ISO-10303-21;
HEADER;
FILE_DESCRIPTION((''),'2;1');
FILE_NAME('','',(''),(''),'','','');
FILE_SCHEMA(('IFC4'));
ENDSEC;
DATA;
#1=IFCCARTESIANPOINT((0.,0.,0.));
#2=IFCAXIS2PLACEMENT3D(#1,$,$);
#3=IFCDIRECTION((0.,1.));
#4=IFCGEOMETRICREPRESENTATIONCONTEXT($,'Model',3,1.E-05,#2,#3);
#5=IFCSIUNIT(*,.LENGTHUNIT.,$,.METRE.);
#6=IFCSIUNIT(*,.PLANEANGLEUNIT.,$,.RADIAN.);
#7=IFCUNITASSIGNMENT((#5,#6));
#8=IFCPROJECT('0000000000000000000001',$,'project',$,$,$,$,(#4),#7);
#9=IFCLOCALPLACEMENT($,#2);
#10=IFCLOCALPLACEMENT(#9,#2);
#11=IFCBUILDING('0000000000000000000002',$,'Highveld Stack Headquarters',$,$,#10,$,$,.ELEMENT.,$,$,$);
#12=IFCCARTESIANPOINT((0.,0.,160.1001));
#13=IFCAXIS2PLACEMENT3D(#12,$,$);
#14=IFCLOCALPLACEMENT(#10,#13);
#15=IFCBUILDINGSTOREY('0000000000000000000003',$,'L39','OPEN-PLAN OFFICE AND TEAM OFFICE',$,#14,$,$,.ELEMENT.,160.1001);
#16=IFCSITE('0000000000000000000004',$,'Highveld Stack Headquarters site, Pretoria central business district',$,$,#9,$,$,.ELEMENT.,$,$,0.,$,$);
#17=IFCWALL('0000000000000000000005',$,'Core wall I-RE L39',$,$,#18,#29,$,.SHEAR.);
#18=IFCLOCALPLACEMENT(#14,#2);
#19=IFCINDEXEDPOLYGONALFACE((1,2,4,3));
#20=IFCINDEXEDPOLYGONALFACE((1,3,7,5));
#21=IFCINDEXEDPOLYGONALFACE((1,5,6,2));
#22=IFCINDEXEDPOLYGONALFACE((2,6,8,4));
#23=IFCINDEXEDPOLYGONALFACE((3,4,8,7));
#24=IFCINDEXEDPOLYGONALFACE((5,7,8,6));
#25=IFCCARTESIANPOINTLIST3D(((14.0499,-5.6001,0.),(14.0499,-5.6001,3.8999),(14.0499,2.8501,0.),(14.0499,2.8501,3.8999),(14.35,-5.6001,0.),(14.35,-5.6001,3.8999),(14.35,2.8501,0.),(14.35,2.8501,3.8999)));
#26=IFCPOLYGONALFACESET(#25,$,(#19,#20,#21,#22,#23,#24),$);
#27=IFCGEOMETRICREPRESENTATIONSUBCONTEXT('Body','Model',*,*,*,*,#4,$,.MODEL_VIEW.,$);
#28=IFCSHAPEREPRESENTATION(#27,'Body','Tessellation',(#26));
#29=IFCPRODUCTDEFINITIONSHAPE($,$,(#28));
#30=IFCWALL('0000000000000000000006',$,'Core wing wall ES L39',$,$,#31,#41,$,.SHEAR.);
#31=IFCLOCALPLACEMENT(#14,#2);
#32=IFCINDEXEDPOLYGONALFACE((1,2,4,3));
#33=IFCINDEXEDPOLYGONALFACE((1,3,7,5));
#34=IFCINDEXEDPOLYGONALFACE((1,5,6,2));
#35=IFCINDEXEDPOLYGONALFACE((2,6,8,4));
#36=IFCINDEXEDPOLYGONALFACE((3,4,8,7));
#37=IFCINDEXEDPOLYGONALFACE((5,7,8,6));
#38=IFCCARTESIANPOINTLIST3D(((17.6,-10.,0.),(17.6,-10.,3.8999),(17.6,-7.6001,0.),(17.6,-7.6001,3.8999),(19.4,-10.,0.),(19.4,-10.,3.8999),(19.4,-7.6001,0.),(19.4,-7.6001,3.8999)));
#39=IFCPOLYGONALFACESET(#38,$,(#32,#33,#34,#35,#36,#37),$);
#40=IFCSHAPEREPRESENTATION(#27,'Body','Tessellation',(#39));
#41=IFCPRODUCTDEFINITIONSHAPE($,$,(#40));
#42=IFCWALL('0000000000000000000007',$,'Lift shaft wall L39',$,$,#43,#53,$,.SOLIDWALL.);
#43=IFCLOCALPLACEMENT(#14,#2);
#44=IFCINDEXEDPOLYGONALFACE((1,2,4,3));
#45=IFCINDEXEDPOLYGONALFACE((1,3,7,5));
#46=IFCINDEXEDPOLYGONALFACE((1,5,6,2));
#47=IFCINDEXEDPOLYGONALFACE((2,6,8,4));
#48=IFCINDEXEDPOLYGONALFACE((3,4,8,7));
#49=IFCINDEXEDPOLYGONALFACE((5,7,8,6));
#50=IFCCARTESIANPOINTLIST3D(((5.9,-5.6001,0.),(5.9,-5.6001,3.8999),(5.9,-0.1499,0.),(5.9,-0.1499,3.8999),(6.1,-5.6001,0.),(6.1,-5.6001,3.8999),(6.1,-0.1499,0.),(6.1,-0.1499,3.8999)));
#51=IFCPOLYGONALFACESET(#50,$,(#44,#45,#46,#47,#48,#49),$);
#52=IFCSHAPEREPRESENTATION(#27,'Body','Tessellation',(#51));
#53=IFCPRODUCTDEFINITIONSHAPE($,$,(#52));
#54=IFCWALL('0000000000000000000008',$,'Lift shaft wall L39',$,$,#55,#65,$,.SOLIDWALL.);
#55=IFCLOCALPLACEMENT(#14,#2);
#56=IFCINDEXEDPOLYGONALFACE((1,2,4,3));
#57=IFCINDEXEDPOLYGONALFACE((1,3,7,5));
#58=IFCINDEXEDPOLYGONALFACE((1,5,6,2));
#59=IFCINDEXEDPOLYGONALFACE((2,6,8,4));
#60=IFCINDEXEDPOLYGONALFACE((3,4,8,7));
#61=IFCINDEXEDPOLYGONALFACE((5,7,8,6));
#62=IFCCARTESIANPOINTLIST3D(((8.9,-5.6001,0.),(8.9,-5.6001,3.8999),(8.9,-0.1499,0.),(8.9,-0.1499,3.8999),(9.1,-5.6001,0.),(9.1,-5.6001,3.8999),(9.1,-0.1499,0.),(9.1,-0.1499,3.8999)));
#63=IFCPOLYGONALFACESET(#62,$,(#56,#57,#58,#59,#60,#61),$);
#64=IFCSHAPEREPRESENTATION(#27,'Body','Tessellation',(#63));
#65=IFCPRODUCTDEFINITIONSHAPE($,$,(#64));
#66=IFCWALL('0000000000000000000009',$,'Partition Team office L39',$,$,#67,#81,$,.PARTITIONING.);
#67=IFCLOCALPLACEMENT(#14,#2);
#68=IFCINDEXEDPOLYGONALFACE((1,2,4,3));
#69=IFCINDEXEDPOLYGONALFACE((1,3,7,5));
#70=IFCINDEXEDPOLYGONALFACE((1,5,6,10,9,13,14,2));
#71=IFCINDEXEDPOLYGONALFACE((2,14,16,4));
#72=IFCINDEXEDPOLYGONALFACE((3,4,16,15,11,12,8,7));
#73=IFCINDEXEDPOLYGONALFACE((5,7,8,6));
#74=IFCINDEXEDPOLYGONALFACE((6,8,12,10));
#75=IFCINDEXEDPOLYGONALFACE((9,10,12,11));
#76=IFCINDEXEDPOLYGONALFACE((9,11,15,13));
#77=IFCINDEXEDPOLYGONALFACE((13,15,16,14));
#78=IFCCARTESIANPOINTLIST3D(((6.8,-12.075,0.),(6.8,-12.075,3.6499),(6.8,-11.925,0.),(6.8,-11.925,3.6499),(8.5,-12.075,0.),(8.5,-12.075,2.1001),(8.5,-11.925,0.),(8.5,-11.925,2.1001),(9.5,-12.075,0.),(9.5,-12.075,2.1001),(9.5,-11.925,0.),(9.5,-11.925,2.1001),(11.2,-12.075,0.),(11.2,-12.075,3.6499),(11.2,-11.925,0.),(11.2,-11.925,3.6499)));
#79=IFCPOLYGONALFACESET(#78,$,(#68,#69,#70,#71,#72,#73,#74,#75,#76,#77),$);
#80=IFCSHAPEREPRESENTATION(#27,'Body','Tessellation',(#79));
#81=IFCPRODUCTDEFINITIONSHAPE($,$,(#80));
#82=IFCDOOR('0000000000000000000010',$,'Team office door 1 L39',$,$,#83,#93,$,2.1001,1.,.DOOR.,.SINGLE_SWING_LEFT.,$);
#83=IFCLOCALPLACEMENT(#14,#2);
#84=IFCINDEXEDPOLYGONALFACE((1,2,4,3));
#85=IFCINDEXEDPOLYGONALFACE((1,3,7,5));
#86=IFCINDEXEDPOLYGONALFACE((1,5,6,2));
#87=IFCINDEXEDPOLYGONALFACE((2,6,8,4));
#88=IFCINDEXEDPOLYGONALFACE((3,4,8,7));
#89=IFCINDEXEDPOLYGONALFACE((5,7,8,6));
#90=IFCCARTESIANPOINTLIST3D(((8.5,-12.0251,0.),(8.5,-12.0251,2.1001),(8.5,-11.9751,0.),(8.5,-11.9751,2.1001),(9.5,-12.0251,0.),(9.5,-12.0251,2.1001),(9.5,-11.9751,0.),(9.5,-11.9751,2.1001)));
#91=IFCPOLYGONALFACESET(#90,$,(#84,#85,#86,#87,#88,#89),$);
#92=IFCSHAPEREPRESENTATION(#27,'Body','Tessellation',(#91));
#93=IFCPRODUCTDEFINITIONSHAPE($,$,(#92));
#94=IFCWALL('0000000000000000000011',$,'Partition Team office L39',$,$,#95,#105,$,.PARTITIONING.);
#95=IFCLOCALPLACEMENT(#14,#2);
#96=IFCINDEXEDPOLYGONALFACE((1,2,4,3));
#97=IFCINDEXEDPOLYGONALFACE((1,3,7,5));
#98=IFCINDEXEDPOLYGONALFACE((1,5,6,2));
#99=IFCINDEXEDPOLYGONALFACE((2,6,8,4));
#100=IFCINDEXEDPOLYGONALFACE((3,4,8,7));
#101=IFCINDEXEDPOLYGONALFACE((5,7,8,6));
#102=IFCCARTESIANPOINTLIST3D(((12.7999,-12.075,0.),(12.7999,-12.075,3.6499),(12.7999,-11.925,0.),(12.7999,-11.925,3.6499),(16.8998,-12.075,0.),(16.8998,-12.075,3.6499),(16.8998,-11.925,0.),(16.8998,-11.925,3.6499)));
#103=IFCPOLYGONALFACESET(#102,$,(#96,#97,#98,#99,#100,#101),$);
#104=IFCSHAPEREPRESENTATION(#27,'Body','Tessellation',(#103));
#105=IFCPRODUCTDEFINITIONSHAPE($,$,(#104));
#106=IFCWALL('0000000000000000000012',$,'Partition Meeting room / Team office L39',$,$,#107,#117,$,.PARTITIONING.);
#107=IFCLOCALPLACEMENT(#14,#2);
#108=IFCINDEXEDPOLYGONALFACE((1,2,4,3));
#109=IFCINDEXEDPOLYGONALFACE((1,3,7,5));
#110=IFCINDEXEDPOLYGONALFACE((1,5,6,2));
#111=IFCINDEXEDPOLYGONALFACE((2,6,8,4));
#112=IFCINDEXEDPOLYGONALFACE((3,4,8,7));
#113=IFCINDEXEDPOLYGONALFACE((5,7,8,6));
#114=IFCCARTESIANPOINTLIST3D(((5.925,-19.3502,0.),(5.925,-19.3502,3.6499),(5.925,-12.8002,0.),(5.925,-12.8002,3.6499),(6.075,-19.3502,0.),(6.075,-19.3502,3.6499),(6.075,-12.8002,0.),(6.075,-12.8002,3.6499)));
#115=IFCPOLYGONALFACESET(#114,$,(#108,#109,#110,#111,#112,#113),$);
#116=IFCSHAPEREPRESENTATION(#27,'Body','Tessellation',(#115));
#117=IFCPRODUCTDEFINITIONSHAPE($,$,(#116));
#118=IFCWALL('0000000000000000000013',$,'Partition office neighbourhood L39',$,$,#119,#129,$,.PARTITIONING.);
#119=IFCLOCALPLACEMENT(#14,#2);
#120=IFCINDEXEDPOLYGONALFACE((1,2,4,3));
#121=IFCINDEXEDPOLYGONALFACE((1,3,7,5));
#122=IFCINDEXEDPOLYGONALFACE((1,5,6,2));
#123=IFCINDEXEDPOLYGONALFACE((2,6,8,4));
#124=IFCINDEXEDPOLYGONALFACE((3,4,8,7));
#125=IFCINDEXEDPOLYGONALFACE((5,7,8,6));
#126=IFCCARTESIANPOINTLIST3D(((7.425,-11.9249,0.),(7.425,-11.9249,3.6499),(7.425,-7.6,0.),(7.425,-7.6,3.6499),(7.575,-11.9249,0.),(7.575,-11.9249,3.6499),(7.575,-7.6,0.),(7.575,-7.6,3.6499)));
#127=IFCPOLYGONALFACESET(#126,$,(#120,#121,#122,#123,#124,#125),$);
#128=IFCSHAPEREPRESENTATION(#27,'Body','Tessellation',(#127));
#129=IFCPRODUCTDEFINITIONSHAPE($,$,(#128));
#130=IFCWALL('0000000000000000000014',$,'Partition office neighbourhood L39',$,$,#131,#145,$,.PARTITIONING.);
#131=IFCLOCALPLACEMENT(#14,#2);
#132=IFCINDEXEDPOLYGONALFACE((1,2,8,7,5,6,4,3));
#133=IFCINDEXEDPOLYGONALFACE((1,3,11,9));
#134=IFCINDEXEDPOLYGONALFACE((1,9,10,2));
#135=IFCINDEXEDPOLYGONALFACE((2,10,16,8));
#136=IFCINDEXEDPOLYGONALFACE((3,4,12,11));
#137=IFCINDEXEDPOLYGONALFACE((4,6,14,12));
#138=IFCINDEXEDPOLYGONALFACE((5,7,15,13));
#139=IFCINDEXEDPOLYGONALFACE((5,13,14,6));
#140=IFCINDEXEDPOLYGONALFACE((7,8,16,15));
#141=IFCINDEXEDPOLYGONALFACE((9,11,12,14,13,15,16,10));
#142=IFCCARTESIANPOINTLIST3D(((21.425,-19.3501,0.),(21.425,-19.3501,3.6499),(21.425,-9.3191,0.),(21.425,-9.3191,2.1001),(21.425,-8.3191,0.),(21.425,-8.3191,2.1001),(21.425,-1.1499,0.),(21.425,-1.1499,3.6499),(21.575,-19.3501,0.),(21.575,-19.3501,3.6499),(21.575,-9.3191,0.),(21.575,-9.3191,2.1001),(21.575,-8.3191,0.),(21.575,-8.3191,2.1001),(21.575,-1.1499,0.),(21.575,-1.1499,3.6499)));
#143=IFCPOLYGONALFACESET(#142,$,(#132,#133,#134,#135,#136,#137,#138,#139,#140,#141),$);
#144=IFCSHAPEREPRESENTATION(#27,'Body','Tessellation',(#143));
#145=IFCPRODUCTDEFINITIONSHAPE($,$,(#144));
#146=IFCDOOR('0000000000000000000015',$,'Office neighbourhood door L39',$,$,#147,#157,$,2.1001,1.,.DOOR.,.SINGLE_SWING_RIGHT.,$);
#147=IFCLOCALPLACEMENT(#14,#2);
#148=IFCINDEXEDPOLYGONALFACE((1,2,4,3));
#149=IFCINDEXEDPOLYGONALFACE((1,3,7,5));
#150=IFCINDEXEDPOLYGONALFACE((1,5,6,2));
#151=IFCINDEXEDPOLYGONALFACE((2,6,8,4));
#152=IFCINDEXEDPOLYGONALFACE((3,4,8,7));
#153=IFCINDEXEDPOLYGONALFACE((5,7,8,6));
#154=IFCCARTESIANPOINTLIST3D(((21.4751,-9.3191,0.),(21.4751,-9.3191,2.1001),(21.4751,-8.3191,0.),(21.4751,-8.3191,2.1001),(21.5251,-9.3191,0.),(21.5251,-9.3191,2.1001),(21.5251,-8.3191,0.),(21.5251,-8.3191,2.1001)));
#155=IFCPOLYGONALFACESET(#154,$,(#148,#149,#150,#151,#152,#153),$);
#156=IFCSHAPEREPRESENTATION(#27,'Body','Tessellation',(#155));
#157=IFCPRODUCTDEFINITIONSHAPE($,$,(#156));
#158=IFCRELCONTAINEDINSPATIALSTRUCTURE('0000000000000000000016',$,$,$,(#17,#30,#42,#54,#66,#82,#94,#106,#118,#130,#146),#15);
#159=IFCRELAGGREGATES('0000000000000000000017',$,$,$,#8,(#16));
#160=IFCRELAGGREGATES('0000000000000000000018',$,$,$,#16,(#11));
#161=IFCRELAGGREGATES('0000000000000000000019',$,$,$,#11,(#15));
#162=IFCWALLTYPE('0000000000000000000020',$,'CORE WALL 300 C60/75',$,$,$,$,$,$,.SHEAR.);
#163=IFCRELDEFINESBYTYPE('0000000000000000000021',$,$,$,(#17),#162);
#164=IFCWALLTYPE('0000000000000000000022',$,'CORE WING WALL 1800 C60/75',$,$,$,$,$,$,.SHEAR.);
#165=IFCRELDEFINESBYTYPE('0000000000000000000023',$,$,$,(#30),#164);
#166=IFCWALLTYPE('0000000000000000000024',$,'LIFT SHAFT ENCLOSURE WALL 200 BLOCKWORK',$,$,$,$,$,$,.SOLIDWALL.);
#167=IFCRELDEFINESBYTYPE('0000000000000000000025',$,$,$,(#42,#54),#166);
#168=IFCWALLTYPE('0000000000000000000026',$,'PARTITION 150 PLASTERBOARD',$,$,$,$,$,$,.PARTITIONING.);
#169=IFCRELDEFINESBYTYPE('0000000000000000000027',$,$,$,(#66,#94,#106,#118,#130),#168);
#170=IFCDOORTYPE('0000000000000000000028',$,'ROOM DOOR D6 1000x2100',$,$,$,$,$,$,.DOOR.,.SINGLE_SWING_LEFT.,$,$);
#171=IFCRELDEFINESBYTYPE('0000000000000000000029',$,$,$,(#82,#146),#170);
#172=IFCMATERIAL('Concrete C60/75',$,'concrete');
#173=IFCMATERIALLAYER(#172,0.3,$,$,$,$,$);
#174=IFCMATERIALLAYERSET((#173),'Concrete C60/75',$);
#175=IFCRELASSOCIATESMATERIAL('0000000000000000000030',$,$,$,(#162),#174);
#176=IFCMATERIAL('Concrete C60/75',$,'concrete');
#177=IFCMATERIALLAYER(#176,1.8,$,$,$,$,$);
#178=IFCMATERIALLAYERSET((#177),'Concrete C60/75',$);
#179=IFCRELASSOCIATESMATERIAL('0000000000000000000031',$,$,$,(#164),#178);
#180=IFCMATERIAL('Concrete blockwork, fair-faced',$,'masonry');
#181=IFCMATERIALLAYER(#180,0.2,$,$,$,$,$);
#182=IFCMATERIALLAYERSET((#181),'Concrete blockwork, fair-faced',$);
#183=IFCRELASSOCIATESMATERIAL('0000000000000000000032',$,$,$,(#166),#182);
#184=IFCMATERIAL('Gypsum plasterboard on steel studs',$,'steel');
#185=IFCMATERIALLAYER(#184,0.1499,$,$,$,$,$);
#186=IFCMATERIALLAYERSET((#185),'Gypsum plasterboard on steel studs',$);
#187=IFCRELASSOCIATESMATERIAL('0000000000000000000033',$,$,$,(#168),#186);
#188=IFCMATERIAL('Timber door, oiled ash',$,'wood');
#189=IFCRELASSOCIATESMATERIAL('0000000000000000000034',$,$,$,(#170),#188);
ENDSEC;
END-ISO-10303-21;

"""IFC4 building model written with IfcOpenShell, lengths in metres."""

from ifc_helpers import new_model, si_unit, direction, frame, frame_2d, origin, place, context, subcontext, project, spatial, rectangle, extrude, material, layer, layer_set, type_object, element, fill, save


model = new_model("IFC4")

# Units and contexts
model_context = context("Model", 3, precision=1e-05, world=origin(), true_north=direction((0.0, 1.0)))
body_context = subcontext(model_context, "Body", "Model", "MODEL_VIEW")
ifc_project = project(units=[si_unit("LENGTHUNIT", "METRE"), si_unit("PLANEANGLEUNIT", "RADIAN")], contexts=[model_context])

# Site, building, storey
site_placement = place(None, origin())
site = spatial("IfcSite", under=ifc_project, at=site_placement, Name="Highveld Stack Headquarters site, Pretoria central business district", CompositionType="ELEMENT", RefElevation=0.0)
building_placement = place(site_placement, origin())
building = spatial("IfcBuilding", under=site, at=building_placement, Name="Highveld Stack Headquarters", CompositionType="ELEMENT")
storey_placement = place(building_placement, frame((0.0, 0.0, 160.1001)))
storey = spatial("IfcBuildingStorey", under=building, at=storey_placement, Name="L39", Description="OPEN-PLAN OFFICE AND TEAM OFFICE", CompositionType="ELEMENT", Elevation=160.1001)

# Walls
ifc_material_1 = material(Name="Concrete C60/75", Category="concrete")
ifc_layer_1 = layer(ifc_material_1, 0.3)
ifc_layer_set_1 = layer_set([ifc_layer_1], Name="Concrete C60/75")
wall_type_1 = type_object("IfcWallType", Name="CORE WALL 300 C60/75", PredefinedType="SHEAR", material=ifc_layer_set_1)
wall_1_placement = place(storey_placement, frame((14.2, -5.6001, 0.0), z_axis=(0.0, 0.0, 1.0), x_axis=(0.0, 1.0, 0.0)))
element("IfcWall", 1, at=wall_1_placement, inside=storey, type_object=wall_type_1, Name="Core wall I-RE L39", PredefinedType="SHEAR", context=body_context, shape_type="SweptSolid", body=[
    extrude(rectangle(XDim=8.4502, YDim=0.3, at=frame_2d((4.2251, 0.0))), origin(), (0.0, 0.0, 1.0), 3.8999),
])
ifc_material_2 = material(Name="Concrete C60/75", Category="concrete")
ifc_layer_2 = layer(ifc_material_2, 1.8)
ifc_layer_set_2 = layer_set([ifc_layer_2], Name="Concrete C60/75")
wall_type_2 = type_object("IfcWallType", Name="CORE WING WALL 1800 C60/75", PredefinedType="SHEAR", material=ifc_layer_set_2)
wall_2_placement = place(storey_placement, frame((18.5, -10.0, 0.0), z_axis=(0.0, 0.0, 1.0), x_axis=(0.0, 1.0, 0.0)))
element("IfcWall", 2, at=wall_2_placement, inside=storey, type_object=wall_type_2, Name="Core wing wall ES L39", PredefinedType="SHEAR", context=body_context, shape_type="SweptSolid", body=[
    extrude(rectangle(XDim=2.3999, YDim=1.8, at=frame_2d((1.2, 0.0))), origin(), (0.0, 0.0, 1.0), 3.8999),
])
ifc_material_3 = material(Name="Concrete blockwork, fair-faced", Category="masonry")
ifc_layer_3 = layer(ifc_material_3, 0.2)
ifc_layer_set_3 = layer_set([ifc_layer_3], Name="Concrete blockwork, fair-faced")
wall_type_3 = type_object("IfcWallType", Name="LIFT SHAFT ENCLOSURE WALL 200 BLOCKWORK", PredefinedType="SOLIDWALL", material=ifc_layer_set_3)
for number, where, z_axis, x_axis, name in (
    (3, (6.0, -5.6001, 0.0), (0.0, 0.0, 1.0), (0.0, 1.0, 0.0), "Lift shaft wall L39"),
    (4, (9.0, -5.6001, 0.0), (0.0, 0.0, 1.0), (0.0, 1.0, 0.0), "Lift shaft wall L39"),
):
    element("IfcWall", number, at=place(storey_placement, frame(where, z_axis=z_axis, x_axis=x_axis)), inside=storey, type_object=wall_type_3, Name=name, PredefinedType="SOLIDWALL", context=body_context, shape_type="SweptSolid", body=[
        extrude(rectangle(XDim=5.4502, YDim=0.2, at=frame_2d((2.7251, 0.0))), origin(), (0.0, 0.0, 1.0), 3.8999),
    ])

# Wall, opening, door
ifc_material_4 = material(Name="Gypsum plasterboard on steel studs", Category="steel")
ifc_layer_4 = layer(ifc_material_4, 0.1499)
ifc_layer_set_4 = layer_set([ifc_layer_4], Name="Gypsum plasterboard on steel studs")
wall_type_4 = type_object("IfcWallType", Name="PARTITION 150 PLASTERBOARD", PredefinedType="PARTITIONING", material=ifc_layer_set_4)
wall_3_placement = place(storey_placement, frame((6.8, -12.0, 0.0), z_axis=(0.0, 0.0, 1.0), x_axis=(1.0, 0.0, 0.0)))
wall_3 = element("IfcWall", 5, at=wall_3_placement, inside=storey, type_object=wall_type_4, Name="Partition Team office L39", PredefinedType="PARTITIONING", context=body_context, shape_type="SweptSolid", body=[
    extrude(rectangle(XDim=4.3999, YDim=0.1499, at=frame_2d((2.2, 0.0))), origin(), (0.0, 0.0, 1.0), 3.6499),
])
opening_1_placement = place(wall_3_placement, frame((1.7, 0.0, 0.0)))
opening_1 = element("IfcOpeningElement", 6, at=opening_1_placement, cuts=wall_3, PredefinedType="OPENING", context=body_context, shape_type="SweptSolid", body=[
    extrude(rectangle(XDim=1.0, YDim=2.1001, at=frame_2d((0.5, 1.05))), frame((0.0, 0.085, 0.0), z_axis=(0.0, -1.0, 0.0), x_axis=(1.0, 0.0, 0.0)), (0.0, 0.0, 1.0), 0.1699),
])
ifc_material_5 = material(Name="Timber door, oiled ash", Category="wood")
door_type_1 = type_object("IfcDoorType", Name="ROOM DOOR D6 1000x2100", OperationType="SINGLE_SWING_LEFT", PredefinedType="DOOR", material=ifc_material_5)
door_1_placement = place(opening_1_placement, origin())
door_1 = element("IfcDoor", 7, at=door_1_placement, inside=storey, type_object=door_type_1, Name="Team office door 1 L39", OperationType="SINGLE_SWING_LEFT", OverallHeight=2.1001, OverallWidth=1.0, PredefinedType="DOOR", context=body_context, shape_type="SweptSolid", body=[
    extrude(rectangle(XDim=1.0, YDim=2.1001, at=frame_2d((0.5, 1.05))), frame((0.0, 0.0249, 0.0), z_axis=(0.0, -1.0, 0.0), x_axis=(1.0, 0.0, 0.0)), (0.0, 0.0, 1.0), 0.05),
])
fill(opening_1, door_1)

# Walls
wall_4_placement = place(storey_placement, frame((12.8, -12.0, 0.0), z_axis=(0.0, 0.0, 1.0), x_axis=(1.0, 0.0, 0.0)))
element("IfcWall", 8, at=wall_4_placement, inside=storey, type_object=wall_type_4, Name="Partition Team office L39", PredefinedType="PARTITIONING", context=body_context, shape_type="SweptSolid", body=[
    extrude(rectangle(XDim=4.0999, YDim=0.1499, at=frame_2d((2.0498, 0.0))), origin(), (0.0, 0.0, 1.0), 3.6499),
])
wall_5_placement = place(storey_placement, frame((6.0, -19.3501, 0.0), z_axis=(0.0, 0.0, 1.0), x_axis=(0.0, 1.0, 0.0)))
element("IfcWall", 9, at=wall_5_placement, inside=storey, type_object=wall_type_4, Name="Partition Meeting room / Team office L39", PredefinedType="PARTITIONING", context=body_context, shape_type="SweptSolid", body=[
    extrude(rectangle(XDim=6.55, YDim=0.1499, at=frame_2d((3.2749, 0.0))), origin(), (0.0, 0.0, 1.0), 3.6499),
])
wall_6_placement = place(storey_placement, frame((7.5, -11.925, 0.0), z_axis=(0.0, 0.0, 1.0), x_axis=(0.0, 1.0, 0.0)))
element("IfcWall", 10, at=wall_6_placement, inside=storey, type_object=wall_type_4, Name="Partition office neighbourhood L39", PredefinedType="PARTITIONING", context=body_context, shape_type="SweptSolid", body=[
    extrude(rectangle(XDim=4.325, YDim=0.1499, at=frame_2d((2.1626, 0.0))), origin(), (0.0, 0.0, 1.0), 3.6499),
])

# Wall, opening, door
wall_7_placement = place(storey_placement, frame((21.5, -19.3501, 0.0), z_axis=(0.0, 0.0, 1.0), x_axis=(0.0, 1.0, 0.0)))
wall_7 = element("IfcWall", 11, at=wall_7_placement, inside=storey, type_object=wall_type_4, Name="Partition office neighbourhood L39", PredefinedType="PARTITIONING", context=body_context, shape_type="SweptSolid", body=[
    extrude(rectangle(XDim=18.2002, YDim=0.1499, at=frame_2d((9.1001, 0.0))), origin(), (0.0, 0.0, 1.0), 3.6499),
])
opening_2_placement = place(wall_7_placement, frame((10.031, 0.0, 0.0)))
opening_2 = element("IfcOpeningElement", 12, at=opening_2_placement, cuts=wall_7, PredefinedType="OPENING", context=body_context, shape_type="SweptSolid", body=[
    extrude(rectangle(XDim=1.0, YDim=2.1001, at=frame_2d((0.5, 1.05))), frame((0.0, 0.085, 0.0), z_axis=(0.0, -1.0, 0.0), x_axis=(1.0, 0.0, 0.0)), (0.0, 0.0, 1.0), 0.1699),
])
door_2_placement = place(opening_2_placement, origin())
door_2 = element("IfcDoor", 13, at=door_2_placement, inside=storey, type_object=door_type_1, Name="Office neighbourhood door L39", OperationType="SINGLE_SWING_RIGHT", OverallHeight=2.1001, OverallWidth=1.0, PredefinedType="DOOR", context=body_context, shape_type="SweptSolid", body=[
    extrude(rectangle(XDim=1.0, YDim=2.1001, at=frame_2d((0.5, 1.05))), frame((0.0, 0.0249, 0.0), z_axis=(0.0, -1.0, 0.0), x_axis=(1.0, 0.0, 0.0)), (0.0, 0.0, 1.0), 0.05),
])
fill(opening_2, door_2)

save(model, "model.ifc")
